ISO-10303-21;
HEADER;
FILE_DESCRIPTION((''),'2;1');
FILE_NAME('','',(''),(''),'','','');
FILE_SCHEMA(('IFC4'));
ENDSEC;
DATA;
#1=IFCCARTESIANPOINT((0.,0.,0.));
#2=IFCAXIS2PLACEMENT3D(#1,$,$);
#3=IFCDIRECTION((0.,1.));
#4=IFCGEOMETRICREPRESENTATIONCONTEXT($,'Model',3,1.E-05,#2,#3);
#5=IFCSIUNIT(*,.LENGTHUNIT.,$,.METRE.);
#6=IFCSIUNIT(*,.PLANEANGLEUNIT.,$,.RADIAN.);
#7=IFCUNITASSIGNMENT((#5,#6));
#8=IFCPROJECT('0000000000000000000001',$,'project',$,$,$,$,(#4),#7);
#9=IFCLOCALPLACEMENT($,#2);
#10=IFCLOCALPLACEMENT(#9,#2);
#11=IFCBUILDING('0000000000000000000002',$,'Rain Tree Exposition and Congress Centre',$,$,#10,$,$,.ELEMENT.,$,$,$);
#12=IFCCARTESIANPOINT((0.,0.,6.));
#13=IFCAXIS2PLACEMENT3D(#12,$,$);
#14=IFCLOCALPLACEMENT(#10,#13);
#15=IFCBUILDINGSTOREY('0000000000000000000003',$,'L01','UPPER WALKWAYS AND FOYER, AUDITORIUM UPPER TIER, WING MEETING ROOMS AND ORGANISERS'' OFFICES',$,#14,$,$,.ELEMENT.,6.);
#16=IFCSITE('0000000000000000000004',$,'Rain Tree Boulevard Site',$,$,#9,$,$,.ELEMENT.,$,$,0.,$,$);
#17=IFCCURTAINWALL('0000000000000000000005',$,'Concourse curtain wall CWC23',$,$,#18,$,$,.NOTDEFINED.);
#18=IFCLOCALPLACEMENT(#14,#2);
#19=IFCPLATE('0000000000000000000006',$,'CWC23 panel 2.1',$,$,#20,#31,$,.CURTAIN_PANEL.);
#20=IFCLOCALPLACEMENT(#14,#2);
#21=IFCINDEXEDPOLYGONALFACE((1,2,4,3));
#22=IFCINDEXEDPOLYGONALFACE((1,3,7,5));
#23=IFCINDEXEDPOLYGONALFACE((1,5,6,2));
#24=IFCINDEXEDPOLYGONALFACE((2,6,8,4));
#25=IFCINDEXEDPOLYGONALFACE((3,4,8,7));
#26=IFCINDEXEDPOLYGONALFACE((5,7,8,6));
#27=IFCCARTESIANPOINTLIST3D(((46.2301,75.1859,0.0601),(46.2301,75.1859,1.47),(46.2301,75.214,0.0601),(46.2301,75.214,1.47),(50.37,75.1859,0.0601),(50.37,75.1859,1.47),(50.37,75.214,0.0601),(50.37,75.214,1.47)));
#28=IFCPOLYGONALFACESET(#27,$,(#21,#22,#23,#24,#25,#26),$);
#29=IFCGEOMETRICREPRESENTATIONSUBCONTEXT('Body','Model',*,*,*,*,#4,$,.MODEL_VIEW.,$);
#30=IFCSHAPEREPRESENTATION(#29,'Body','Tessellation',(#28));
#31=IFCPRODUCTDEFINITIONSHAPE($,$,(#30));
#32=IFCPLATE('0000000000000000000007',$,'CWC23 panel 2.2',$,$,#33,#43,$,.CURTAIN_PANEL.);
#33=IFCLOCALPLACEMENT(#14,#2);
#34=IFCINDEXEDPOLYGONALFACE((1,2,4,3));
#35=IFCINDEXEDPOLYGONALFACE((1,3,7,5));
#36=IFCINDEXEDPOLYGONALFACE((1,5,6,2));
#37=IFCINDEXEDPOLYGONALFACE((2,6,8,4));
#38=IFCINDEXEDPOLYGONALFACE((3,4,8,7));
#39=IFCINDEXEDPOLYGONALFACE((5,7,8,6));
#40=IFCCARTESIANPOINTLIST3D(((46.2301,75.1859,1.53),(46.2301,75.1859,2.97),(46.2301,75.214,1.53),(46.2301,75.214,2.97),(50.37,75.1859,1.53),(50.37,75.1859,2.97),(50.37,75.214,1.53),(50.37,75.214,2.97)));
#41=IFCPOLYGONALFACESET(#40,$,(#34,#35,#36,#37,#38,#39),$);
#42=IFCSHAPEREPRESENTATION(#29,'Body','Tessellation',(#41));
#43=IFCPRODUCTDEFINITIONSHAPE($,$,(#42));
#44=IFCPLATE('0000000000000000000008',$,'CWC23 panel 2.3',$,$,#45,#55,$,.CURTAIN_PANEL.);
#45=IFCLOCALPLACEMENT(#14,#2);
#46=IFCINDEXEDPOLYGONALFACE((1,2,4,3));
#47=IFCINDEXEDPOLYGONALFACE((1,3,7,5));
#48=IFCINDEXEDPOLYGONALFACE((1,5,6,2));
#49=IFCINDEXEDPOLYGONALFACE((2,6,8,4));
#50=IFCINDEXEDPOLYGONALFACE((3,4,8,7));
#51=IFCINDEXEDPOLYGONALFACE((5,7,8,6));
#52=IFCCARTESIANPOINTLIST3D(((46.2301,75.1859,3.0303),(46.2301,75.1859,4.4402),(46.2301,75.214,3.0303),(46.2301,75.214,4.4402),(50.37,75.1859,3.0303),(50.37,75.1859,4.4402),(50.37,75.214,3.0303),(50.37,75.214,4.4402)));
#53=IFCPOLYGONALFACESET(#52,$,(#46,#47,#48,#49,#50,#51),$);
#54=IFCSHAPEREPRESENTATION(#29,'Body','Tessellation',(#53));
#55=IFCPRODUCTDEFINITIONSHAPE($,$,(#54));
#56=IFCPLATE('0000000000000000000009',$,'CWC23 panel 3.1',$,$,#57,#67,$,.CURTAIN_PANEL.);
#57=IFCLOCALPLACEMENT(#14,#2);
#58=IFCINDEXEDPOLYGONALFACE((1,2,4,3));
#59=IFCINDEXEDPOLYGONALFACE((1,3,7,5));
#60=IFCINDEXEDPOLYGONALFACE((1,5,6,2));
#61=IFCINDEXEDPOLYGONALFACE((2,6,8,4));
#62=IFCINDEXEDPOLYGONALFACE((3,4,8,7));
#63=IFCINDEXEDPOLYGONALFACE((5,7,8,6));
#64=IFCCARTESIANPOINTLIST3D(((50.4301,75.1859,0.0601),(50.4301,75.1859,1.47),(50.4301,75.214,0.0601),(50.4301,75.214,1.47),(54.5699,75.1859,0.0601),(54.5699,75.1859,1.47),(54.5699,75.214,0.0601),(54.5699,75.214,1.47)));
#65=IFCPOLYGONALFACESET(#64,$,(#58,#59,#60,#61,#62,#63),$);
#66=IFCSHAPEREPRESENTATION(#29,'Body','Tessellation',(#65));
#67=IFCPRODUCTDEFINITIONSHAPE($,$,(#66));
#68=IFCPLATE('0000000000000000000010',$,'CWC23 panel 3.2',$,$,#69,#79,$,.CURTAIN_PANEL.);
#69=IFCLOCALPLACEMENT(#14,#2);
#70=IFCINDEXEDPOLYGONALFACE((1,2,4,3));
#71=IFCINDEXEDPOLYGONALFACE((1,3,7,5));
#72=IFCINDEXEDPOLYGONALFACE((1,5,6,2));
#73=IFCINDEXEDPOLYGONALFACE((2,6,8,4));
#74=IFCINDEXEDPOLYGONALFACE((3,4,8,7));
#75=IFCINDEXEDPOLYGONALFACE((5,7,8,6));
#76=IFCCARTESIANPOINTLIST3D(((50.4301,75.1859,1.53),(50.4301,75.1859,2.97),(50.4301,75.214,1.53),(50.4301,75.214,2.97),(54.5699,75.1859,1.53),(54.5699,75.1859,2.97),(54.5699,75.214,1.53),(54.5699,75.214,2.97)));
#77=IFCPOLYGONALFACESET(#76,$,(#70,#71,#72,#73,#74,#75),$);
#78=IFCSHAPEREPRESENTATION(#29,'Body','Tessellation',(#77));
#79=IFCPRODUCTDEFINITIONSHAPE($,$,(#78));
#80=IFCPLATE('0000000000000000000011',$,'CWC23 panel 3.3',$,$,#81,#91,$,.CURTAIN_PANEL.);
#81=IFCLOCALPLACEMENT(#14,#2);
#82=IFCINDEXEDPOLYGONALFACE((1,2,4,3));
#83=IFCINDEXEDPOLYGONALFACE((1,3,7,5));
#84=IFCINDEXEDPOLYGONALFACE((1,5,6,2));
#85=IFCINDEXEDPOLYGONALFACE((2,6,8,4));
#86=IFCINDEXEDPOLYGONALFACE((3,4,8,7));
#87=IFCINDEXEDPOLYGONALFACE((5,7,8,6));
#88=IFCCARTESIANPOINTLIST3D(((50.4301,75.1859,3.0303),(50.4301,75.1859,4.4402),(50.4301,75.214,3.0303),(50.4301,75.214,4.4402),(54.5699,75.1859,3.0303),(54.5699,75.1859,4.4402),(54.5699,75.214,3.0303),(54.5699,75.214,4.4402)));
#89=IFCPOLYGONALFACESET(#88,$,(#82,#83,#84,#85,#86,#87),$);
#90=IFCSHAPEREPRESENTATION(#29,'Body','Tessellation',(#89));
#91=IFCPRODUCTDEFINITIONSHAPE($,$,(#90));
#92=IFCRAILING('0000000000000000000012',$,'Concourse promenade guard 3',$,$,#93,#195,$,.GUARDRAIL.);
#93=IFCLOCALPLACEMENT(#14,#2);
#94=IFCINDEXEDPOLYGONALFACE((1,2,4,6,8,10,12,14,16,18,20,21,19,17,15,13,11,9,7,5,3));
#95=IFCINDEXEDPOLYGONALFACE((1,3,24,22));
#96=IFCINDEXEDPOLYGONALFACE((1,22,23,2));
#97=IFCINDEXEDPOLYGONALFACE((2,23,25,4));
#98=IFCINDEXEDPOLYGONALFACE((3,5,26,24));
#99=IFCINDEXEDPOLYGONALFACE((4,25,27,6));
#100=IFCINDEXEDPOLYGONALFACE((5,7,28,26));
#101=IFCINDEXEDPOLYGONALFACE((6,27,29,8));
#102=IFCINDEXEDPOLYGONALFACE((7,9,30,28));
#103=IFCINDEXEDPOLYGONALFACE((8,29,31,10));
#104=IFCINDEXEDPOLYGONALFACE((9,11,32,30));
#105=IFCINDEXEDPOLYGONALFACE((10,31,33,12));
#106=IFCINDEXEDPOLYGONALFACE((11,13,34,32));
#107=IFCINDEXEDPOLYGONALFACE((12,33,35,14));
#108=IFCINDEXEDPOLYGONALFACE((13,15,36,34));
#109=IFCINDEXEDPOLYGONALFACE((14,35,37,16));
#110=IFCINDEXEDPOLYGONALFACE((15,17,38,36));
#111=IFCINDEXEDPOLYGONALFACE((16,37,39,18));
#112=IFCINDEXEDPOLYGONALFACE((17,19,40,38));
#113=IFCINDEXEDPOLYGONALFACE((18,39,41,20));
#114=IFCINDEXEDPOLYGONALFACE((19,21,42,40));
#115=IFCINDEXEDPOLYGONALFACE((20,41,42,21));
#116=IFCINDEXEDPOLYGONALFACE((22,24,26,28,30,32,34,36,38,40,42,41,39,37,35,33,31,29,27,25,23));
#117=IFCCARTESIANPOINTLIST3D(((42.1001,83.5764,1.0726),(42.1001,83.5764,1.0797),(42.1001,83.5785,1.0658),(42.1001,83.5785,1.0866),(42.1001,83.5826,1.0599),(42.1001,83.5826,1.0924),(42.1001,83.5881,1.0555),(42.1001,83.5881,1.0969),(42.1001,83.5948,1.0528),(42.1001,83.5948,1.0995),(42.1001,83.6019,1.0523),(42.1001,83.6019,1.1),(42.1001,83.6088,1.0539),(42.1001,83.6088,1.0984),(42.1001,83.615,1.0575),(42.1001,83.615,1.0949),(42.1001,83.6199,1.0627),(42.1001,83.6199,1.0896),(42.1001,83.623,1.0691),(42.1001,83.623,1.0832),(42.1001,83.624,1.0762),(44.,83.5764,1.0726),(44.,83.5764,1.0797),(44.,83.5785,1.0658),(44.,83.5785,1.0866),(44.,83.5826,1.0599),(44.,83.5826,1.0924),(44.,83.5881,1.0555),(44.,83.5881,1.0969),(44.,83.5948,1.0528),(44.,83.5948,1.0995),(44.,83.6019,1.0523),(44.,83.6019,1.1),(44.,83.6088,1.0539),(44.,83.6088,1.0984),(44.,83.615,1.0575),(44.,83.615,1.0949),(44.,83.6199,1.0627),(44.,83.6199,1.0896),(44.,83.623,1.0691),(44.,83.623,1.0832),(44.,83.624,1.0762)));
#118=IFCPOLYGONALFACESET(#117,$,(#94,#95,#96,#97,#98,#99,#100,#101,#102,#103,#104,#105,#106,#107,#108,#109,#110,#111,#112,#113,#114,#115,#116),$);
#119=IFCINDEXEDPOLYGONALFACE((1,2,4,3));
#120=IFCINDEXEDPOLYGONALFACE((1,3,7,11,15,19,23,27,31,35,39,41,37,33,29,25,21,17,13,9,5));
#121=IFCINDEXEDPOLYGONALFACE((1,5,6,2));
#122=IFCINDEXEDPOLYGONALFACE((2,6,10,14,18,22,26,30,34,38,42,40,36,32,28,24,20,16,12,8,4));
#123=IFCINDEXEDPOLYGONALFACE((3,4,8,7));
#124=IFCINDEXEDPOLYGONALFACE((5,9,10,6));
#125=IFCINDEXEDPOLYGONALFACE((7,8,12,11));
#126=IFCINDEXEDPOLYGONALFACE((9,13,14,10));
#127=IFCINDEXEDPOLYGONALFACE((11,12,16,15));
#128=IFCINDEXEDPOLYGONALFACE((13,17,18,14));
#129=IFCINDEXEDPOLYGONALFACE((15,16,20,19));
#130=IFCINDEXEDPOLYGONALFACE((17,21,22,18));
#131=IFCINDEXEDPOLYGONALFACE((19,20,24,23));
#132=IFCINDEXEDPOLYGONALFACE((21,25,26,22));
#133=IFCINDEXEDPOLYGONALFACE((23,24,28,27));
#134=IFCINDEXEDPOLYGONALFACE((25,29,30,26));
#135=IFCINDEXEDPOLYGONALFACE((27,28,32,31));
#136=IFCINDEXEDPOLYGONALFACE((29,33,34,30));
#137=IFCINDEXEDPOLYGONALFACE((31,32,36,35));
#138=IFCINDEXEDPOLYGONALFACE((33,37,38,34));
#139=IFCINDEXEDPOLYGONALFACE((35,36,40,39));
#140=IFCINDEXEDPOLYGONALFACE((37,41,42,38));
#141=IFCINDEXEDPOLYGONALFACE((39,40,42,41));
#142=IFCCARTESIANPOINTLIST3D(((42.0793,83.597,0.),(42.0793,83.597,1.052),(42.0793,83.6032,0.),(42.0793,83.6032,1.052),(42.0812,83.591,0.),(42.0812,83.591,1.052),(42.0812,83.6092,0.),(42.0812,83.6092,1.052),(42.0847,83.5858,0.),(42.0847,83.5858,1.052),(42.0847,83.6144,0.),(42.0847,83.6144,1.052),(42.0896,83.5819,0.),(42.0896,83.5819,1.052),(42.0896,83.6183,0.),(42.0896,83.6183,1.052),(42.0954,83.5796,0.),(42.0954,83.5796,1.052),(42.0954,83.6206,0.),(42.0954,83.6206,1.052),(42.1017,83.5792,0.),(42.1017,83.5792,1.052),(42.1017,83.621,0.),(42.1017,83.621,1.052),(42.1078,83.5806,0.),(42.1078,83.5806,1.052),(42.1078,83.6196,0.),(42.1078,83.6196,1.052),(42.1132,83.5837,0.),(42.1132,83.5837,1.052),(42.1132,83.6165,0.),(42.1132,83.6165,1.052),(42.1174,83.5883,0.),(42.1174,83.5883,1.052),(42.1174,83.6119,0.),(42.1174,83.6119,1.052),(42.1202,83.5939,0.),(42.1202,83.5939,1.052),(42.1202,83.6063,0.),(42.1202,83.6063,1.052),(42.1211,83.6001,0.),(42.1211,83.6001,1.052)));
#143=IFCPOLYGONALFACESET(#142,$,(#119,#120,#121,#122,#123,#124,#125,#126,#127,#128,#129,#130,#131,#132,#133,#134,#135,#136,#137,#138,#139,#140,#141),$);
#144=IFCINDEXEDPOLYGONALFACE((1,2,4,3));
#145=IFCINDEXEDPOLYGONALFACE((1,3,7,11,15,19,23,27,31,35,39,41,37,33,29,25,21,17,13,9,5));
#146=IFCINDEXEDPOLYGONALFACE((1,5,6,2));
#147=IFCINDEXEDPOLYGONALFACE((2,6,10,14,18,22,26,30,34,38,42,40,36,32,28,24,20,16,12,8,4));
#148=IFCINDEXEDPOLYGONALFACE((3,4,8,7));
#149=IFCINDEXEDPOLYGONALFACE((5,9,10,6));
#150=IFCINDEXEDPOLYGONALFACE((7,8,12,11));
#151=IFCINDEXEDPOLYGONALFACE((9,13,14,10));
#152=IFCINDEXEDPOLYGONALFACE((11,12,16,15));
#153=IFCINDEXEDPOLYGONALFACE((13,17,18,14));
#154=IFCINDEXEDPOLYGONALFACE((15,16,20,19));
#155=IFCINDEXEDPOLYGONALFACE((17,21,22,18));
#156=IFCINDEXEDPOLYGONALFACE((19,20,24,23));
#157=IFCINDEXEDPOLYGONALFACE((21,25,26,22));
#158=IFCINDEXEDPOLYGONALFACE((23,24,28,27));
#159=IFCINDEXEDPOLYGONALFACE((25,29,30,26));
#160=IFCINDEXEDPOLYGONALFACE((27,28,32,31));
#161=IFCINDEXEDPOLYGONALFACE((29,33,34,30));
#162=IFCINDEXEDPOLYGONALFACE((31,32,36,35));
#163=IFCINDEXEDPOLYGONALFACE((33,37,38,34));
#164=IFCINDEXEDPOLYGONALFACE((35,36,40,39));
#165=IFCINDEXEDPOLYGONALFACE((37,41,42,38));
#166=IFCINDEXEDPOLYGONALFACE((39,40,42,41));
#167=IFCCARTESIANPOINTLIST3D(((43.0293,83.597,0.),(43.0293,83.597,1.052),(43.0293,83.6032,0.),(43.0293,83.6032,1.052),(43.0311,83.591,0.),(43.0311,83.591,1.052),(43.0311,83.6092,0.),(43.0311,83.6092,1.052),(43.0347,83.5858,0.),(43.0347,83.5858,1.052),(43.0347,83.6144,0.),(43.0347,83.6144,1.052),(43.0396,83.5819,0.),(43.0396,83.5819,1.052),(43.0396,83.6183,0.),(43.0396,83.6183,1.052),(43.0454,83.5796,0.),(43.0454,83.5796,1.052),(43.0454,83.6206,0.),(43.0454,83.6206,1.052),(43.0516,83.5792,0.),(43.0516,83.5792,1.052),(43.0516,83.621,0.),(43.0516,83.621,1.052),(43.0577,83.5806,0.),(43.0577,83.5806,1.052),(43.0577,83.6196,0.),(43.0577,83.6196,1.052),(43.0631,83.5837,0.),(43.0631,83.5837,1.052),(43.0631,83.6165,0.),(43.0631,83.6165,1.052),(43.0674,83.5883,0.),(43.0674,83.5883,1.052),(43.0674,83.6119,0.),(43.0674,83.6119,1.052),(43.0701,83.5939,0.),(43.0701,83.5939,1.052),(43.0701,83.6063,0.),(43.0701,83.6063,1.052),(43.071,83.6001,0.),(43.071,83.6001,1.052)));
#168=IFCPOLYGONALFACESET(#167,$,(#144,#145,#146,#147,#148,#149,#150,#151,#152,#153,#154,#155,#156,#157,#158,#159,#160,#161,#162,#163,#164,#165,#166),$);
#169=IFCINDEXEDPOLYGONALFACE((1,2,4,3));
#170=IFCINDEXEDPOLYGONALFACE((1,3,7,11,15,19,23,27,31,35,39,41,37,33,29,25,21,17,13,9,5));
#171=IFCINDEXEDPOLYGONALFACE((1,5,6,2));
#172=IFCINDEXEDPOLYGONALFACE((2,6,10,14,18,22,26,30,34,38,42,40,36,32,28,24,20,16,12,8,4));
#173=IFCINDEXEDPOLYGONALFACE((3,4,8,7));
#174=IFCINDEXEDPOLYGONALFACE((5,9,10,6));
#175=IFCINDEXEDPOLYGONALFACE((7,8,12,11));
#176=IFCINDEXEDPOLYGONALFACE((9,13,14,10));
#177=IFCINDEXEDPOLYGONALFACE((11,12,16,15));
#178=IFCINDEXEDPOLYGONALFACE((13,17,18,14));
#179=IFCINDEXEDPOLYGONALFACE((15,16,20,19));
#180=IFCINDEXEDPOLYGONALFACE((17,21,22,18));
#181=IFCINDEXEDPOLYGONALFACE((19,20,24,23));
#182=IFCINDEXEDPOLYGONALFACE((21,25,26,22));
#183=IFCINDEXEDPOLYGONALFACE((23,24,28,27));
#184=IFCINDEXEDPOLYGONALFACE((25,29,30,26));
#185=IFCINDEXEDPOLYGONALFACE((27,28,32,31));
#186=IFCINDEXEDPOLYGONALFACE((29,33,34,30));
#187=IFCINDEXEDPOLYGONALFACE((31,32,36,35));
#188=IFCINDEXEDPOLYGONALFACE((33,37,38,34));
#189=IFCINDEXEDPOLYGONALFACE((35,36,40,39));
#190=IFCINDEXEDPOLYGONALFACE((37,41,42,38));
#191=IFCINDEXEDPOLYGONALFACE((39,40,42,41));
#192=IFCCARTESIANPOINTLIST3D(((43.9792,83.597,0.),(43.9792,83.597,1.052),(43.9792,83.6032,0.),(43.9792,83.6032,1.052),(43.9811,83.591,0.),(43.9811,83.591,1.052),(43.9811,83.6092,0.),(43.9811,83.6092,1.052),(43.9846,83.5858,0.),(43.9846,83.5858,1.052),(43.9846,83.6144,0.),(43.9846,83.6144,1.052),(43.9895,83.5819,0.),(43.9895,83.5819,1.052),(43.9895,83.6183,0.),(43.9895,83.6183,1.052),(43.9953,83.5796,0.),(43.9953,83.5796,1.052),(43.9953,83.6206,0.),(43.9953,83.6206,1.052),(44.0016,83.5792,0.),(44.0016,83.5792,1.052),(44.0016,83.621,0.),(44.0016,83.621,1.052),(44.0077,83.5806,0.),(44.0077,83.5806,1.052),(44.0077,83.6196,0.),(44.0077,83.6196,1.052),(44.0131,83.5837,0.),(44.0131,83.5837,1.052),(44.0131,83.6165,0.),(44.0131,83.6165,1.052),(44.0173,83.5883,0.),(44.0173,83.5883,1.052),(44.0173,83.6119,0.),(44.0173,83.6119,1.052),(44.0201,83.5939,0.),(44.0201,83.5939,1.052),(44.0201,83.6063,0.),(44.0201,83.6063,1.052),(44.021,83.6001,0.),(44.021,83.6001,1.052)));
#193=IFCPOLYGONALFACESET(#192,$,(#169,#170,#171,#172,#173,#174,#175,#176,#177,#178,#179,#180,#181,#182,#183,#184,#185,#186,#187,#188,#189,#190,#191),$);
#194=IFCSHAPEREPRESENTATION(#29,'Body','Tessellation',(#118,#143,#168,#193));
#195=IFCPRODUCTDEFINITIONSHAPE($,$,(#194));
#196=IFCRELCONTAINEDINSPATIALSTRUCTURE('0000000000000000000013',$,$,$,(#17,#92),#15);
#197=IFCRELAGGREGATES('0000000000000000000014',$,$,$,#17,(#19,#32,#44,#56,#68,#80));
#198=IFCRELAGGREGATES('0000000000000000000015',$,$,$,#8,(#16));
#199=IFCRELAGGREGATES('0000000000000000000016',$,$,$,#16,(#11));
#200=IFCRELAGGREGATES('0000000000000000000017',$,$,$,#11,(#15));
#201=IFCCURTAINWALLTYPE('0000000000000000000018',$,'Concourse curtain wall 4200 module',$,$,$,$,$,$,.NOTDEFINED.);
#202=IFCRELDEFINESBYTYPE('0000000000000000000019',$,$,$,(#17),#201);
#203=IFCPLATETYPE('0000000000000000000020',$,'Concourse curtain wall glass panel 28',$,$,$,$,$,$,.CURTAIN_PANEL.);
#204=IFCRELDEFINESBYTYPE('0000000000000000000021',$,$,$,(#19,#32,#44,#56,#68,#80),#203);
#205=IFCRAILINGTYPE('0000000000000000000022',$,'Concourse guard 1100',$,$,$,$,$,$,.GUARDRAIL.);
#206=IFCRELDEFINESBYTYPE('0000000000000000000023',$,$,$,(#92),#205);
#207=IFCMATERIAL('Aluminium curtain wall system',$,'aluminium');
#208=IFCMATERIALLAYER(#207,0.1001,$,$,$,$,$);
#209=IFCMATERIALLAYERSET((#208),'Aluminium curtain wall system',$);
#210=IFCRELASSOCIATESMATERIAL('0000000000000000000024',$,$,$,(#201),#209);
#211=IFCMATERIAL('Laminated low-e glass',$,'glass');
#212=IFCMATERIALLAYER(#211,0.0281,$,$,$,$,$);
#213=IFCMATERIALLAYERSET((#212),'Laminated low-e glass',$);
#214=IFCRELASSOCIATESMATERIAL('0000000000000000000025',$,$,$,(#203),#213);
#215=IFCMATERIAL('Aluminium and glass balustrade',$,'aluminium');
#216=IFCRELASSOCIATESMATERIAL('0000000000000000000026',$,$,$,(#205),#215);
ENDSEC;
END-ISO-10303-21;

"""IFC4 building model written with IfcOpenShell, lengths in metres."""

from ifc_helpers import new_model, si_unit, direction, frame, origin, origin_2d, place, context, subcontext, project, spatial, rectangle, circle, extrude, material, layer, layer_set, type_object, element, aggregate, save


model = new_model("IFC4")

# Units and contexts
model_context = context("Model", 3, precision=1e-05, world=origin(), true_north=direction((0.0, 1.0)))
body_context = subcontext(model_context, "Body", "Model", "MODEL_VIEW")
ifc_project = project(units=[si_unit("LENGTHUNIT", "METRE"), si_unit("PLANEANGLEUNIT", "RADIAN")], contexts=[model_context])

# Site, building, storey
site_placement = place(None, origin())
site = spatial("IfcSite", under=ifc_project, at=site_placement, Name="Rain Tree Boulevard Site", CompositionType="ELEMENT", RefElevation=0.0)
building_placement = place(site_placement, origin())
building = spatial("IfcBuilding", under=site, at=building_placement, Name="Rain Tree Exposition and Congress Centre", CompositionType="ELEMENT")
storey_placement = place(building_placement, frame((0.0, 0.0, 6.0)))
storey = spatial("IfcBuildingStorey", under=building, at=storey_placement, Name="L01", Description="UPPER WALKWAYS AND FOYER, AUDITORIUM UPPER TIER, WING MEETING ROOMS AND ORGANISERS' OFFICES", CompositionType="ELEMENT", Elevation=6.0)

# Curtain wall
ifc_material_1 = material(Name="Aluminium curtain wall system", Category="aluminium")
ifc_layer_1 = layer(ifc_material_1, 0.1001)
ifc_layer_set_1 = layer_set([ifc_layer_1], Name="Aluminium curtain wall system")
curtain_wall_type = type_object("IfcCurtainWallType", Name="Concourse curtain wall 4200 module", PredefinedType="NOTDEFINED", material=ifc_layer_set_1)
curtain_wall_placement = place(storey_placement, origin())
curtain_wall = element("IfcCurtainWall", 1, at=curtain_wall_placement, inside=storey, type_object=curtain_wall_type, Name="Concourse curtain wall CWC23", PredefinedType="NOTDEFINED")

# Plates
ifc_material_2 = material(Name="Laminated low-e glass", Category="glass")
ifc_layer_2 = layer(ifc_material_2, 0.0281)
ifc_layer_set_2 = layer_set([ifc_layer_2], Name="Laminated low-e glass")
plate_type = type_object("IfcPlateType", Name="Concourse curtain wall glass panel 28", PredefinedType="CURTAIN_PANEL", material=ifc_layer_set_2)
plate_1_placement = place(storey_placement, frame((48.3, 75.2, 0.0601), z_axis=(0.0, 0.0, 1.0), x_axis=(1.0, 0.0, 0.0)))
plate_1 = element("IfcPlate", 2, at=plate_1_placement, type_object=plate_type, Name="CWC23 panel 2.1", PredefinedType="CURTAIN_PANEL", context=body_context, shape_type="SweptSolid", body=[
    extrude(rectangle(XDim=4.1399, YDim=0.0281, at=origin_2d()), origin(), (0.0, 0.0, 1.0), 1.4099),
])
plate_2_placement = place(storey_placement, frame((48.3, 75.2, 1.53), z_axis=(0.0, 0.0, 1.0), x_axis=(1.0, 0.0, 0.0)))
plate_2 = element("IfcPlate", 3, at=plate_2_placement, type_object=plate_type, Name="CWC23 panel 2.2", PredefinedType="CURTAIN_PANEL", context=body_context, shape_type="SweptSolid", body=[
    extrude(rectangle(XDim=4.1399, YDim=0.0281, at=origin_2d()), origin(), (0.0, 0.0, 1.0), 1.4399),
])
plate_3_placement = place(storey_placement, frame((48.3, 75.2, 3.0303), z_axis=(0.0, 0.0, 1.0), x_axis=(1.0, 0.0, 0.0)))
plate_3 = element("IfcPlate", 4, at=plate_3_placement, type_object=plate_type, Name="CWC23 panel 2.3", PredefinedType="CURTAIN_PANEL", context=body_context, shape_type="SweptSolid", body=[
    extrude(rectangle(XDim=4.1399, YDim=0.0281, at=origin_2d()), origin(), (0.0, 0.0, 1.0), 1.4099),
])
plate_4_placement = place(storey_placement, frame((52.5, 75.2, 0.0601), z_axis=(0.0, 0.0, 1.0), x_axis=(1.0, 0.0, 0.0)))
plate_4 = element("IfcPlate", 5, at=plate_4_placement, type_object=plate_type, Name="CWC23 panel 3.1", PredefinedType="CURTAIN_PANEL", context=body_context, shape_type="SweptSolid", body=[
    extrude(rectangle(XDim=4.1399, YDim=0.0281, at=origin_2d()), origin(), (0.0, 0.0, 1.0), 1.4099),
])
plate_5_placement = place(storey_placement, frame((52.5, 75.2, 1.53), z_axis=(0.0, 0.0, 1.0), x_axis=(1.0, 0.0, 0.0)))
plate_5 = element("IfcPlate", 6, at=plate_5_placement, type_object=plate_type, Name="CWC23 panel 3.2", PredefinedType="CURTAIN_PANEL", context=body_context, shape_type="SweptSolid", body=[
    extrude(rectangle(XDim=4.1399, YDim=0.0281, at=origin_2d()), origin(), (0.0, 0.0, 1.0), 1.4399),
])
plate_6_placement = place(storey_placement, frame((52.5, 75.2, 3.0303), z_axis=(0.0, 0.0, 1.0), x_axis=(1.0, 0.0, 0.0)))
plate_6 = element("IfcPlate", 7, at=plate_6_placement, type_object=plate_type, Name="CWC23 panel 3.3", PredefinedType="CURTAIN_PANEL", context=body_context, shape_type="SweptSolid", body=[
    extrude(rectangle(XDim=4.1399, YDim=0.0281, at=origin_2d()), origin(), (0.0, 0.0, 1.0), 1.4099),
])
aggregate(curtain_wall, [plate_1, plate_2, plate_3, plate_4, plate_5, plate_6])

# Railing
ifc_material_3 = material(Name="Aluminium and glass balustrade", Category="aluminium")
railing_type = type_object("IfcRailingType", Name="Concourse guard 1100", PredefinedType="GUARDRAIL", material=ifc_material_3)
railing_1_placement = place(storey_placement, frame((42.1001, 83.6001, 0.0)))
element("IfcRailing", 8, at=railing_1_placement, inside=storey, type_object=railing_type, Name="Concourse promenade guard 3", PredefinedType="GUARDRAIL", context=body_context, shape_type="SweptSolid", body=[
    extrude(circle(Radius=0.0239, at=origin_2d()), frame((0.0, 0.0, 1.0762), z_axis=(1.0, 0.0, 0.0), x_axis=(0.0, 1.0, 0.0)), (0.0, 0.0, 1.0), 1.8999),
    extrude(circle(Radius=0.021, at=origin_2d()), origin(), (0.0, 0.0, 1.0), 1.052),
    extrude(circle(Radius=0.021, at=origin_2d()), frame((0.95, 0.0, 0.0)), (0.0, 0.0, 1.0), 1.052),
    extrude(circle(Radius=0.021, at=origin_2d()), frame((1.8999, 0.0, 0.0)), (0.0, 0.0, 1.0), 1.052),
])

save(model, "model.ifc")
